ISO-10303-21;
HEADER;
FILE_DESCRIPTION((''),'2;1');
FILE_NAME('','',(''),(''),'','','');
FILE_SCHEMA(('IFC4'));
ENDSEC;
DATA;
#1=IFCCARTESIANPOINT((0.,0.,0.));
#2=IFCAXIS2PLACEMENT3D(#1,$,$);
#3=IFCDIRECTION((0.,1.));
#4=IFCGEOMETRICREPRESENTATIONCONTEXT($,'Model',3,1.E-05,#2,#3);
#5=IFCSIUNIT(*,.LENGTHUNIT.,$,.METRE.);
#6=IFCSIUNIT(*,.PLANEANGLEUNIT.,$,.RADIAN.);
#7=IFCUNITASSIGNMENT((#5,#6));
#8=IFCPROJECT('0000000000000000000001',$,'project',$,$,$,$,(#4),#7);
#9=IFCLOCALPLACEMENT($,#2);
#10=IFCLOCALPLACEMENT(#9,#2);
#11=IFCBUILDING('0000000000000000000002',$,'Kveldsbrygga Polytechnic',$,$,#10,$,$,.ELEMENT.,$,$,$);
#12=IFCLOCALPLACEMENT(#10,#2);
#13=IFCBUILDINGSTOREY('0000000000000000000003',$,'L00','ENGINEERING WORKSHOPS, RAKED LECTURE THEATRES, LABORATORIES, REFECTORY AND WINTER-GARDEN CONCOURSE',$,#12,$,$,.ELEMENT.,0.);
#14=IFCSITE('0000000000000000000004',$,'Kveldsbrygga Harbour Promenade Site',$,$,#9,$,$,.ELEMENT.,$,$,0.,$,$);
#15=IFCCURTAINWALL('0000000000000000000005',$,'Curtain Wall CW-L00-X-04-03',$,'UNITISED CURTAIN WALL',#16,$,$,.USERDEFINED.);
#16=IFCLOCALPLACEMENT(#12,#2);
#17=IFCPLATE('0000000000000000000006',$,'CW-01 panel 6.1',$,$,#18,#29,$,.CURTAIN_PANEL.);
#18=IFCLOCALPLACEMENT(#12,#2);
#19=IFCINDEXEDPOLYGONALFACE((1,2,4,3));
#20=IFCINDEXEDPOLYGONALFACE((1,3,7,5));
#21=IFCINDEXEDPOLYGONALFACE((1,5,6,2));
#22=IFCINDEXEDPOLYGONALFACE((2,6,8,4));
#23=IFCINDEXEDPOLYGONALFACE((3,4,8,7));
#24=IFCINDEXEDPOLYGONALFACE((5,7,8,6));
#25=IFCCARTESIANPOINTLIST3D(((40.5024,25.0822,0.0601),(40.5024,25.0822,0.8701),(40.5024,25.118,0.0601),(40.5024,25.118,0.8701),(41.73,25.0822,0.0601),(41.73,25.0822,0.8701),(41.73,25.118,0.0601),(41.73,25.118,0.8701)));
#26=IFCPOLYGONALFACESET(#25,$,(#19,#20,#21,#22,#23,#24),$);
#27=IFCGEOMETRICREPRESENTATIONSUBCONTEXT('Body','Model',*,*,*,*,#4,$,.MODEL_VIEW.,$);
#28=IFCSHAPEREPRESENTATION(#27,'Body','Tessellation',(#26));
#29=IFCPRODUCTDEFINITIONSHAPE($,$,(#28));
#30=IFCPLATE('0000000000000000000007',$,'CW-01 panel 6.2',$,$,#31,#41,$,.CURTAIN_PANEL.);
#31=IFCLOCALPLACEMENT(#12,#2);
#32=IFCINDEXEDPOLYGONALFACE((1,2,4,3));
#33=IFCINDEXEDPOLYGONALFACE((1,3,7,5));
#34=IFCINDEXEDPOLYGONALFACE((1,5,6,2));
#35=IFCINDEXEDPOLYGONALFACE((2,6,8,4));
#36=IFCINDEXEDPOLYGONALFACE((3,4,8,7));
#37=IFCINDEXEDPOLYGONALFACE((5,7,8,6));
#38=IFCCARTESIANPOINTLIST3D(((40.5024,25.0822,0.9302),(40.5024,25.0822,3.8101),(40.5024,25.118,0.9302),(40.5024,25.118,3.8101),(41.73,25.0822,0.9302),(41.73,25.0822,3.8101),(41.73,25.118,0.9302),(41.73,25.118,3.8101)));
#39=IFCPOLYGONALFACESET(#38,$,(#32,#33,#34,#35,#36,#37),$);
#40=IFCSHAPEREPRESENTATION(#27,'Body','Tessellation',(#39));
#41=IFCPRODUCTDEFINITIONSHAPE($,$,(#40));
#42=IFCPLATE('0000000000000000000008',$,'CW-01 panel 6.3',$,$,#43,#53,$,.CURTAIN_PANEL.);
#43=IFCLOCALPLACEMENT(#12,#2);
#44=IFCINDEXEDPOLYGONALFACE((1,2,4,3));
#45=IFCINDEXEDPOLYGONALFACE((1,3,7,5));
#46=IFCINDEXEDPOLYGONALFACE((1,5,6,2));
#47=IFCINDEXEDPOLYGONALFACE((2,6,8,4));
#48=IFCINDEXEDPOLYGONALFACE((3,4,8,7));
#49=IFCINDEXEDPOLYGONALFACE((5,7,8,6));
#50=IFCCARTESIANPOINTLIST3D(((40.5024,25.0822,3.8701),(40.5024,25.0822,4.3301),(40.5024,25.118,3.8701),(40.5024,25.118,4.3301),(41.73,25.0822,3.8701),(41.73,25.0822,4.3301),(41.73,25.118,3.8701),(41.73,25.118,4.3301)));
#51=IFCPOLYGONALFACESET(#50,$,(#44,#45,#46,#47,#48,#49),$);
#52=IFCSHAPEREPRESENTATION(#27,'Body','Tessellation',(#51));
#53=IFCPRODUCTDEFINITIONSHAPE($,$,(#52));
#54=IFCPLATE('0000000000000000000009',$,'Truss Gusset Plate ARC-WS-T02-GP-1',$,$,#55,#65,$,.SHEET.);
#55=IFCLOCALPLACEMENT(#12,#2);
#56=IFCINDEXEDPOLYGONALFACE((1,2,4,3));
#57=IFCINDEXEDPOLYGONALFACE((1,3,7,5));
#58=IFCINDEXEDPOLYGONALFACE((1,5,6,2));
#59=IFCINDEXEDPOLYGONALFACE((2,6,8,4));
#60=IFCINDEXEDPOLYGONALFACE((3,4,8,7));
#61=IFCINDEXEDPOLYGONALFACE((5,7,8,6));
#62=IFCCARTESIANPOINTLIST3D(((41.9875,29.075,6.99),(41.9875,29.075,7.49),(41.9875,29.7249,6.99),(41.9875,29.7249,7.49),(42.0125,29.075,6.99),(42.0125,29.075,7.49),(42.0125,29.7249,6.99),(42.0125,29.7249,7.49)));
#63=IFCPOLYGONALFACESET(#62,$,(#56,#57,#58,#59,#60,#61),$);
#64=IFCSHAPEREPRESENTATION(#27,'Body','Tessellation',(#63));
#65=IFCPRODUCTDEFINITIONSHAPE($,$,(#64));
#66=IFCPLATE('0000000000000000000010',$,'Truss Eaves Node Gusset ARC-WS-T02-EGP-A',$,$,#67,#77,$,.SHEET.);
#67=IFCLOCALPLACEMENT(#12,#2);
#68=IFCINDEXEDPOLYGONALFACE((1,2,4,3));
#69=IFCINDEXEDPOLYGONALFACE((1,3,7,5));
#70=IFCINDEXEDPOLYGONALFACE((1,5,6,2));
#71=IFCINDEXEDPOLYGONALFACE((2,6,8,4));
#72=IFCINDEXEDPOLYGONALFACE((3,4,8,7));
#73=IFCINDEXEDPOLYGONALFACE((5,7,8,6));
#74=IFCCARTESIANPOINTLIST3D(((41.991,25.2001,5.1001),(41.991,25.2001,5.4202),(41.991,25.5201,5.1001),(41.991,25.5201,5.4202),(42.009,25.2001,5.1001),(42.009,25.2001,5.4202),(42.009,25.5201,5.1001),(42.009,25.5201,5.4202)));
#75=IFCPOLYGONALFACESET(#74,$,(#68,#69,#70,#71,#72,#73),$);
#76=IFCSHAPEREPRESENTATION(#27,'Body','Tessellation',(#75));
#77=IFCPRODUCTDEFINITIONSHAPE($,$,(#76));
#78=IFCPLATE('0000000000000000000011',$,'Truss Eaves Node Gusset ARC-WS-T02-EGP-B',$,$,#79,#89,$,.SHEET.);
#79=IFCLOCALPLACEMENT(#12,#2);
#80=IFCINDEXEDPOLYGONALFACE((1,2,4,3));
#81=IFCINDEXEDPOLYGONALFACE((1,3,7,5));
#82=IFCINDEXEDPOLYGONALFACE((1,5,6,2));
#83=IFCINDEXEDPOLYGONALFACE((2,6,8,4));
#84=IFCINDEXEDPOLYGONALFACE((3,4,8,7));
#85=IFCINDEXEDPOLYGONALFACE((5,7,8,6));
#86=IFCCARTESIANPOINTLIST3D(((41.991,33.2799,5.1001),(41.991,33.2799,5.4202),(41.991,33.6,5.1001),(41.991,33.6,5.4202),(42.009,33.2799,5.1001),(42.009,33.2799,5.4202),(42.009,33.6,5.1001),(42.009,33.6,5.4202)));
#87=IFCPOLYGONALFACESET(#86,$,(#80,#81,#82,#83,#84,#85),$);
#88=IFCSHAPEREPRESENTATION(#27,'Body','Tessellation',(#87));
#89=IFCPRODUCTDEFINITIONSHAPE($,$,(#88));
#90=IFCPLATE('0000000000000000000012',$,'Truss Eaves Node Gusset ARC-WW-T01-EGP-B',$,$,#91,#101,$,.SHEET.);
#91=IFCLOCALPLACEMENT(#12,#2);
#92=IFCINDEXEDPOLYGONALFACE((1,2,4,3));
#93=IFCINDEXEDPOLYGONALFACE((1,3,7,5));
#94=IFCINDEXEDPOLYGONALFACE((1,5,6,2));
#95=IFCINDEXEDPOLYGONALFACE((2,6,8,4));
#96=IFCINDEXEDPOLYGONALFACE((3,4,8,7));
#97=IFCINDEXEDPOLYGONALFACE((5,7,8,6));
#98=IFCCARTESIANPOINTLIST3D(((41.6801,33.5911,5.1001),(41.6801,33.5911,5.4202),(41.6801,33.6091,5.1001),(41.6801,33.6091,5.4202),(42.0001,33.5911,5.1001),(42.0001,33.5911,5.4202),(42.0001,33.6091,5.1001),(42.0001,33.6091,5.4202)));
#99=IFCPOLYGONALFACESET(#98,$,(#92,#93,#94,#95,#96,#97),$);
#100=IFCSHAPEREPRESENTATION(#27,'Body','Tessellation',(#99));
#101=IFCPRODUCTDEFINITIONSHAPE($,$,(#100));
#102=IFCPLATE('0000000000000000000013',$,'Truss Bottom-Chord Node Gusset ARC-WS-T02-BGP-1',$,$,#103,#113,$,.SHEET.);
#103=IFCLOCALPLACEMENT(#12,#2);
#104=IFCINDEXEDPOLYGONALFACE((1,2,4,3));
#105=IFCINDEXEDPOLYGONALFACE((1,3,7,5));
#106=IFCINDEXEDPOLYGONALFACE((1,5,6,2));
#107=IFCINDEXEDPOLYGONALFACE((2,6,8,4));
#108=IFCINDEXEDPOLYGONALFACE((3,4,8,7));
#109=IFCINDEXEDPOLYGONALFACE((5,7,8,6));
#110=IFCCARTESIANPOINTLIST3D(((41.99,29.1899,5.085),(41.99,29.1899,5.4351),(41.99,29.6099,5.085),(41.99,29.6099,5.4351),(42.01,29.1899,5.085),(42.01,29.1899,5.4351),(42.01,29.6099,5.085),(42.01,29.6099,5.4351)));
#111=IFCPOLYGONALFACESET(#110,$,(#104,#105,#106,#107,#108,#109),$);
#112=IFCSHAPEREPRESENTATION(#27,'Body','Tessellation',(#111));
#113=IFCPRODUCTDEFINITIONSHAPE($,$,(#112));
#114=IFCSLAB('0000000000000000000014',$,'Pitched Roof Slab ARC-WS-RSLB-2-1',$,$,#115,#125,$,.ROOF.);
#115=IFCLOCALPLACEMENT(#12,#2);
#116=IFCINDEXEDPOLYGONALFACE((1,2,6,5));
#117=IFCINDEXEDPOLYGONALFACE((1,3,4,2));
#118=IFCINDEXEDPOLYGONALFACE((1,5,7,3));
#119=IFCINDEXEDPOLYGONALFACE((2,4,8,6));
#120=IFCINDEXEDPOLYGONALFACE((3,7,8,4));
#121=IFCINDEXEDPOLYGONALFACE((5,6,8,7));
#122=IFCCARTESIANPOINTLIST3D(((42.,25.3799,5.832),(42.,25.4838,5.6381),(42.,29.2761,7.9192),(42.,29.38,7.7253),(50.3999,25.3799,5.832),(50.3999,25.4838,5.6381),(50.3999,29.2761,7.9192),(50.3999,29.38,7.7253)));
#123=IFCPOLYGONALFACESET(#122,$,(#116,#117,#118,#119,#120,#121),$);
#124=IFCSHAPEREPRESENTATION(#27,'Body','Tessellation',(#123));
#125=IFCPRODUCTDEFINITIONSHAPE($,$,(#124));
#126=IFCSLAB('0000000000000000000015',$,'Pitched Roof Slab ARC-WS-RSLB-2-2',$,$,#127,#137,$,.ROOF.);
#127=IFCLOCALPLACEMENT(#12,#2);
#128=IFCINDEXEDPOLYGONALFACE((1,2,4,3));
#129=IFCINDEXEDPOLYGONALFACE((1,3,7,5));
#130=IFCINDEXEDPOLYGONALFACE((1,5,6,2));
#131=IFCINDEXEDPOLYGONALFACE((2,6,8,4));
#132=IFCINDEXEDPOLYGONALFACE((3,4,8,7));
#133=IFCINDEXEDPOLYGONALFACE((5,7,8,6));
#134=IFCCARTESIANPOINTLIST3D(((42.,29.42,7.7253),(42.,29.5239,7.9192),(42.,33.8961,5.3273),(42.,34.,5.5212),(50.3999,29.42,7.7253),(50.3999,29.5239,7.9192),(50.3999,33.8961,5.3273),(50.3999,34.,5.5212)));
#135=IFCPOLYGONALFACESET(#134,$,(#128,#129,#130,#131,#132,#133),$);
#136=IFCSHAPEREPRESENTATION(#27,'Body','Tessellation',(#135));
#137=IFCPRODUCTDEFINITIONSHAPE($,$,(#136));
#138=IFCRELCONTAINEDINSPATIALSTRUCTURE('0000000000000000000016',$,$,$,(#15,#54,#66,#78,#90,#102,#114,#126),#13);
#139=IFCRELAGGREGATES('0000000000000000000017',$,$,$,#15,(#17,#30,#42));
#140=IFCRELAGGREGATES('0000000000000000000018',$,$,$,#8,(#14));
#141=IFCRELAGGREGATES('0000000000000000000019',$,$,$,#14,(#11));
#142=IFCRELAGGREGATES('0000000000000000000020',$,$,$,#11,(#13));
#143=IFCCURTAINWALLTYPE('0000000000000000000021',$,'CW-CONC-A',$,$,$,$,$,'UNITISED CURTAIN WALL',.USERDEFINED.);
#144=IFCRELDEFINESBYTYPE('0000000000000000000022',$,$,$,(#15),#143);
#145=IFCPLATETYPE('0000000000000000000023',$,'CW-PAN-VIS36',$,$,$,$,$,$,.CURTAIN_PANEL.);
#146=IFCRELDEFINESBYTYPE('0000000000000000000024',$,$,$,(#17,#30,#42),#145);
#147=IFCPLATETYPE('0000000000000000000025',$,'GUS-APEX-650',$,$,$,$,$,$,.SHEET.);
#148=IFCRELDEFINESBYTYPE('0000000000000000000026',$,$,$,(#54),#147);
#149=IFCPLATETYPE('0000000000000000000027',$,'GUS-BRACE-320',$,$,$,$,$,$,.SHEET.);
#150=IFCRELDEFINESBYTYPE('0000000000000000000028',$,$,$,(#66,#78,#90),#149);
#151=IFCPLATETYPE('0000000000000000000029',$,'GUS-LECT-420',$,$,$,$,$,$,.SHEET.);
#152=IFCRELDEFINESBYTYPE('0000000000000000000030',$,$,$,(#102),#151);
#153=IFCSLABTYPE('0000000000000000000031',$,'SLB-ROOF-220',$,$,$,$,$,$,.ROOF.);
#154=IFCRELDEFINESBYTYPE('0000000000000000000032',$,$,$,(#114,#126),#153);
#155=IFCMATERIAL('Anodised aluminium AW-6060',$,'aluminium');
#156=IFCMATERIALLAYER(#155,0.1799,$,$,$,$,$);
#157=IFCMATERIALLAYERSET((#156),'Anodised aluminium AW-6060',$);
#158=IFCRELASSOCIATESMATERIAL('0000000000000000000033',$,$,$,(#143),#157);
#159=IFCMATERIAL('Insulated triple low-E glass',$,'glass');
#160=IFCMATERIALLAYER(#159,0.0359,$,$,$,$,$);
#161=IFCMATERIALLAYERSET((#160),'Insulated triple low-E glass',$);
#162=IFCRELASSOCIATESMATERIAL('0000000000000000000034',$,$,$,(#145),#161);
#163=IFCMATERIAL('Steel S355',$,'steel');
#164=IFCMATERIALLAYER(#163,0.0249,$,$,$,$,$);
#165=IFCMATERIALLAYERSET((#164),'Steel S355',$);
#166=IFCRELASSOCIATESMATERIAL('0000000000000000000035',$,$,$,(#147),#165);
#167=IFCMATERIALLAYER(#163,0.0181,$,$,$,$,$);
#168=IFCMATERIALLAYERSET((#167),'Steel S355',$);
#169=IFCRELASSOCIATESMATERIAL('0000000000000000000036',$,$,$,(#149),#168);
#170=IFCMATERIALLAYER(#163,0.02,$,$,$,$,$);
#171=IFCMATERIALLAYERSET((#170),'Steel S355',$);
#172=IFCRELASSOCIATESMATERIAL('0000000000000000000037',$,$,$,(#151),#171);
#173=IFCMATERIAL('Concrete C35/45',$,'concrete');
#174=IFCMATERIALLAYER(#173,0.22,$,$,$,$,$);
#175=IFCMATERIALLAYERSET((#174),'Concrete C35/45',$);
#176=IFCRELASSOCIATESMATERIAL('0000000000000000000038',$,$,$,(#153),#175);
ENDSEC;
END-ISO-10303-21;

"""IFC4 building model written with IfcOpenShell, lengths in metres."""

from ifc_helpers import new_model, si_unit, direction, frame, origin, origin_2d, place, context, subcontext, project, spatial, polyline, rectangle, outline, extrude, material, layer, layer_set, type_object, element, aggregate, save


model = new_model("IFC4")

# Units and contexts
model_context = context("Model", 3, precision=1e-05, world=origin(), true_north=direction((0.0, 1.0)))
body_context = subcontext(model_context, "Body", "Model", "MODEL_VIEW")
ifc_project = project(units=[si_unit("LENGTHUNIT", "METRE"), si_unit("PLANEANGLEUNIT", "RADIAN")], contexts=[model_context])

# Site, building, storey
site_placement = place(None, origin())
site = spatial("IfcSite", under=ifc_project, at=site_placement, Name="Kveldsbrygga Harbour Promenade Site", CompositionType="ELEMENT", RefElevation=0.0)
building_placement = place(site_placement, origin())
building = spatial("IfcBuilding", under=site, at=building_placement, Name="Kveldsbrygga Polytechnic", CompositionType="ELEMENT")
storey_placement = place(building_placement, origin())
storey = spatial("IfcBuildingStorey", under=building, at=storey_placement, Name="L00", Description="ENGINEERING WORKSHOPS, RAKED LECTURE THEATRES, LABORATORIES, REFECTORY AND WINTER-GARDEN CONCOURSE", CompositionType="ELEMENT", Elevation=0.0)

# Shared definitions
ifc_material_1 = material(Name="Concrete C35/45", Category="concrete")

# Shared definitions
ifc_material_2 = material(Name="Steel S355", Category="steel")

# Curtain wall
ifc_material_3 = material(Name="Anodised aluminium AW-6060", Category="aluminium")
ifc_layer_1 = layer(ifc_material_3, 0.1799)
ifc_layer_set_1 = layer_set([ifc_layer_1], Name="Anodised aluminium AW-6060")
curtain_wall_type = type_object("IfcCurtainWallType", Name="CW-CONC-A", ElementType="UNITISED CURTAIN WALL", PredefinedType="USERDEFINED", material=ifc_layer_set_1)
curtain_wall_placement = place(storey_placement, origin())
curtain_wall = element("IfcCurtainWall", 1, at=curtain_wall_placement, inside=storey, type_object=curtain_wall_type, Name="Curtain Wall CW-L00-X-04-03", ObjectType="UNITISED CURTAIN WALL", PredefinedType="USERDEFINED")

# Plates
ifc_material_4 = material(Name="Insulated triple low-E glass", Category="glass")
ifc_layer_2 = layer(ifc_material_4, 0.0359)
ifc_layer_set_2 = layer_set([ifc_layer_2], Name="Insulated triple low-E glass")
plate_type_1 = type_object("IfcPlateType", Name="CW-PAN-VIS36", PredefinedType="CURTAIN_PANEL", material=ifc_layer_set_2)
plate_1_placement = place(storey_placement, frame((41.1162, 25.1001, 0.0601), z_axis=(0.0, 0.0, 1.0), x_axis=(1.0, 0.0, 0.0)))
plate_1 = element("IfcPlate", 2, at=plate_1_placement, type_object=plate_type_1, Name="CW-01 panel 6.1", PredefinedType="CURTAIN_PANEL", context=body_context, shape_type="SweptSolid", body=[
    extrude(rectangle(XDim=1.2275, YDim=0.0359, at=origin_2d()), origin(), (0.0, 0.0, 1.0), 0.8101),
])
plate_2_placement = place(storey_placement, frame((41.1162, 25.1001, 0.9302), z_axis=(0.0, 0.0, 1.0), x_axis=(1.0, 0.0, 0.0)))
plate_2 = element("IfcPlate", 3, at=plate_2_placement, type_object=plate_type_1, Name="CW-01 panel 6.2", PredefinedType="CURTAIN_PANEL", context=body_context, shape_type="SweptSolid", body=[
    extrude(rectangle(XDim=1.2275, YDim=0.0359, at=origin_2d()), origin(), (0.0, 0.0, 1.0), 2.8799),
])
plate_3_placement = place(storey_placement, frame((41.1162, 25.1001, 3.8701), z_axis=(0.0, 0.0, 1.0), x_axis=(1.0, 0.0, 0.0)))
plate_3 = element("IfcPlate", 4, at=plate_3_placement, type_object=plate_type_1, Name="CW-01 panel 6.3", PredefinedType="CURTAIN_PANEL", context=body_context, shape_type="SweptSolid", body=[
    extrude(rectangle(XDim=1.2275, YDim=0.0359, at=origin_2d()), origin(), (0.0, 0.0, 1.0), 0.46),
])
aggregate(curtain_wall, [plate_1, plate_2, plate_3])

# Plates
ifc_layer_3 = layer(ifc_material_2, 0.0249)
ifc_layer_set_3 = layer_set([ifc_layer_3], Name="Steel S355")
plate_type_2 = type_object("IfcPlateType", Name="GUS-APEX-650", PredefinedType="SHEET", material=ifc_layer_set_3)
plate_4_placement = place(storey_placement, frame((42.0, 29.3999, 6.99), z_axis=(0.0, 0.0, 1.0), x_axis=(1.0, 0.0, 0.0)))
element("IfcPlate", 5, at=plate_4_placement, inside=storey, type_object=plate_type_2, Name="Truss Gusset Plate ARC-WS-T02-GP-1", PredefinedType="SHEET", context=body_context, shape_type="SweptSolid", body=[
    extrude(rectangle(XDim=0.0249, YDim=0.6499, at=origin_2d()), origin(), (0.0, 0.0, 1.0), 0.5),
])
ifc_layer_4 = layer(ifc_material_2, 0.0181)
ifc_layer_set_4 = layer_set([ifc_layer_4], Name="Steel S355")
plate_type_3 = type_object("IfcPlateType", Name="GUS-BRACE-320", PredefinedType="SHEET", material=ifc_layer_set_4)
for number, where, z_axis, x_axis, name in (
    (6, (42.0, 25.3601, 5.1001), (0.0, 0.0, 1.0), (1.0, 0.0, 0.0), "Truss Eaves Node Gusset ARC-WS-T02-EGP-A"),
    (7, (42.0, 33.4399, 5.1001), (0.0, 0.0, 1.0), (1.0, 0.0, 0.0), "Truss Eaves Node Gusset ARC-WS-T02-EGP-B"),
):
    element("IfcPlate", number, at=place(storey_placement, frame(where, z_axis=z_axis, x_axis=x_axis)), inside=storey, type_object=plate_type_3, Name=name, PredefinedType="SHEET", context=body_context, shape_type="SweptSolid", body=[
        extrude(rectangle(XDim=0.0181, YDim=0.3201, at=origin_2d()), origin(), (0.0, 0.0, 1.0), 0.3201),
    ])
plate_5_placement = place(storey_placement, frame((41.8401, 33.6001, 5.1001), z_axis=(0.0, 0.0, 1.0), x_axis=(1.0, 0.0, 0.0)))
element("IfcPlate", 8, at=plate_5_placement, inside=storey, type_object=plate_type_3, Name="Truss Eaves Node Gusset ARC-WW-T01-EGP-B", PredefinedType="SHEET", context=body_context, shape_type="SweptSolid", body=[
    extrude(rectangle(XDim=0.3201, YDim=0.0181, at=origin_2d()), origin(), (0.0, 0.0, 1.0), 0.3201),
])
ifc_layer_5 = layer(ifc_material_2, 0.02)
ifc_layer_set_5 = layer_set([ifc_layer_5], Name="Steel S355")
plate_type_4 = type_object("IfcPlateType", Name="GUS-LECT-420", PredefinedType="SHEET", material=ifc_layer_set_5)
plate_6_placement = place(storey_placement, frame((42.0, 29.3999, 5.085), z_axis=(0.0, 0.0, 1.0), x_axis=(1.0, 0.0, 0.0)))
element("IfcPlate", 9, at=plate_6_placement, inside=storey, type_object=plate_type_4, Name="Truss Bottom-Chord Node Gusset ARC-WS-T02-BGP-1", PredefinedType="SHEET", context=body_context, shape_type="SweptSolid", body=[
    extrude(rectangle(XDim=0.02, YDim=0.4199, at=origin_2d()), origin(), (0.0, 0.0, 1.0), 0.3501),
])

# Slabs
ifc_layer_6 = layer(ifc_material_1, 0.22)
ifc_layer_set_6 = layer_set([ifc_layer_6], Name="Concrete C35/45")
slab_type = type_object("IfcSlabType", Name="SLB-ROOF-220", PredefinedType="ROOF", material=ifc_layer_set_6)
slab_1_placement = place(storey_placement, frame((42.0, 25.3799, 5.832), z_axis=(0.0, -0.472201, 0.881491), x_axis=(1.0, 0.0, 0.0)))
element("IfcSlab", 10, at=slab_1_placement, inside=storey, type_object=slab_type, Name="Pitched Roof Slab ARC-WS-RSLB-2-1", PredefinedType="ROOF", context=body_context, shape_type="SweptSolid", body=[
    extrude(outline(polyline([(0.0, 0.0), (8.3999, 0.0), (8.3999, 4.4201), (0.0, 4.4201), (0.0, 0.0)])), origin(), (0.0, 0.0, -1.0), 0.22),
])
slab_2_placement = place(storey_placement, frame((42.0, 29.5239, 7.9192), z_axis=(0.0, 0.472229, 0.881476), x_axis=(1.0, 0.0, 0.0)))
element("IfcSlab", 11, at=slab_2_placement, inside=storey, type_object=slab_type, Name="Pitched Roof Slab ARC-WS-RSLB-2-2", PredefinedType="ROOF", context=body_context, shape_type="SweptSolid", body=[
    extrude(outline(polyline([(0.0, 0.0), (8.3999, 0.0), (8.3999, 5.0779), (0.0, 5.0779), (0.0, 0.0)])), origin(), (0.0, 0.0, -1.0), 0.22),
])

save(model, "model.ifc")
